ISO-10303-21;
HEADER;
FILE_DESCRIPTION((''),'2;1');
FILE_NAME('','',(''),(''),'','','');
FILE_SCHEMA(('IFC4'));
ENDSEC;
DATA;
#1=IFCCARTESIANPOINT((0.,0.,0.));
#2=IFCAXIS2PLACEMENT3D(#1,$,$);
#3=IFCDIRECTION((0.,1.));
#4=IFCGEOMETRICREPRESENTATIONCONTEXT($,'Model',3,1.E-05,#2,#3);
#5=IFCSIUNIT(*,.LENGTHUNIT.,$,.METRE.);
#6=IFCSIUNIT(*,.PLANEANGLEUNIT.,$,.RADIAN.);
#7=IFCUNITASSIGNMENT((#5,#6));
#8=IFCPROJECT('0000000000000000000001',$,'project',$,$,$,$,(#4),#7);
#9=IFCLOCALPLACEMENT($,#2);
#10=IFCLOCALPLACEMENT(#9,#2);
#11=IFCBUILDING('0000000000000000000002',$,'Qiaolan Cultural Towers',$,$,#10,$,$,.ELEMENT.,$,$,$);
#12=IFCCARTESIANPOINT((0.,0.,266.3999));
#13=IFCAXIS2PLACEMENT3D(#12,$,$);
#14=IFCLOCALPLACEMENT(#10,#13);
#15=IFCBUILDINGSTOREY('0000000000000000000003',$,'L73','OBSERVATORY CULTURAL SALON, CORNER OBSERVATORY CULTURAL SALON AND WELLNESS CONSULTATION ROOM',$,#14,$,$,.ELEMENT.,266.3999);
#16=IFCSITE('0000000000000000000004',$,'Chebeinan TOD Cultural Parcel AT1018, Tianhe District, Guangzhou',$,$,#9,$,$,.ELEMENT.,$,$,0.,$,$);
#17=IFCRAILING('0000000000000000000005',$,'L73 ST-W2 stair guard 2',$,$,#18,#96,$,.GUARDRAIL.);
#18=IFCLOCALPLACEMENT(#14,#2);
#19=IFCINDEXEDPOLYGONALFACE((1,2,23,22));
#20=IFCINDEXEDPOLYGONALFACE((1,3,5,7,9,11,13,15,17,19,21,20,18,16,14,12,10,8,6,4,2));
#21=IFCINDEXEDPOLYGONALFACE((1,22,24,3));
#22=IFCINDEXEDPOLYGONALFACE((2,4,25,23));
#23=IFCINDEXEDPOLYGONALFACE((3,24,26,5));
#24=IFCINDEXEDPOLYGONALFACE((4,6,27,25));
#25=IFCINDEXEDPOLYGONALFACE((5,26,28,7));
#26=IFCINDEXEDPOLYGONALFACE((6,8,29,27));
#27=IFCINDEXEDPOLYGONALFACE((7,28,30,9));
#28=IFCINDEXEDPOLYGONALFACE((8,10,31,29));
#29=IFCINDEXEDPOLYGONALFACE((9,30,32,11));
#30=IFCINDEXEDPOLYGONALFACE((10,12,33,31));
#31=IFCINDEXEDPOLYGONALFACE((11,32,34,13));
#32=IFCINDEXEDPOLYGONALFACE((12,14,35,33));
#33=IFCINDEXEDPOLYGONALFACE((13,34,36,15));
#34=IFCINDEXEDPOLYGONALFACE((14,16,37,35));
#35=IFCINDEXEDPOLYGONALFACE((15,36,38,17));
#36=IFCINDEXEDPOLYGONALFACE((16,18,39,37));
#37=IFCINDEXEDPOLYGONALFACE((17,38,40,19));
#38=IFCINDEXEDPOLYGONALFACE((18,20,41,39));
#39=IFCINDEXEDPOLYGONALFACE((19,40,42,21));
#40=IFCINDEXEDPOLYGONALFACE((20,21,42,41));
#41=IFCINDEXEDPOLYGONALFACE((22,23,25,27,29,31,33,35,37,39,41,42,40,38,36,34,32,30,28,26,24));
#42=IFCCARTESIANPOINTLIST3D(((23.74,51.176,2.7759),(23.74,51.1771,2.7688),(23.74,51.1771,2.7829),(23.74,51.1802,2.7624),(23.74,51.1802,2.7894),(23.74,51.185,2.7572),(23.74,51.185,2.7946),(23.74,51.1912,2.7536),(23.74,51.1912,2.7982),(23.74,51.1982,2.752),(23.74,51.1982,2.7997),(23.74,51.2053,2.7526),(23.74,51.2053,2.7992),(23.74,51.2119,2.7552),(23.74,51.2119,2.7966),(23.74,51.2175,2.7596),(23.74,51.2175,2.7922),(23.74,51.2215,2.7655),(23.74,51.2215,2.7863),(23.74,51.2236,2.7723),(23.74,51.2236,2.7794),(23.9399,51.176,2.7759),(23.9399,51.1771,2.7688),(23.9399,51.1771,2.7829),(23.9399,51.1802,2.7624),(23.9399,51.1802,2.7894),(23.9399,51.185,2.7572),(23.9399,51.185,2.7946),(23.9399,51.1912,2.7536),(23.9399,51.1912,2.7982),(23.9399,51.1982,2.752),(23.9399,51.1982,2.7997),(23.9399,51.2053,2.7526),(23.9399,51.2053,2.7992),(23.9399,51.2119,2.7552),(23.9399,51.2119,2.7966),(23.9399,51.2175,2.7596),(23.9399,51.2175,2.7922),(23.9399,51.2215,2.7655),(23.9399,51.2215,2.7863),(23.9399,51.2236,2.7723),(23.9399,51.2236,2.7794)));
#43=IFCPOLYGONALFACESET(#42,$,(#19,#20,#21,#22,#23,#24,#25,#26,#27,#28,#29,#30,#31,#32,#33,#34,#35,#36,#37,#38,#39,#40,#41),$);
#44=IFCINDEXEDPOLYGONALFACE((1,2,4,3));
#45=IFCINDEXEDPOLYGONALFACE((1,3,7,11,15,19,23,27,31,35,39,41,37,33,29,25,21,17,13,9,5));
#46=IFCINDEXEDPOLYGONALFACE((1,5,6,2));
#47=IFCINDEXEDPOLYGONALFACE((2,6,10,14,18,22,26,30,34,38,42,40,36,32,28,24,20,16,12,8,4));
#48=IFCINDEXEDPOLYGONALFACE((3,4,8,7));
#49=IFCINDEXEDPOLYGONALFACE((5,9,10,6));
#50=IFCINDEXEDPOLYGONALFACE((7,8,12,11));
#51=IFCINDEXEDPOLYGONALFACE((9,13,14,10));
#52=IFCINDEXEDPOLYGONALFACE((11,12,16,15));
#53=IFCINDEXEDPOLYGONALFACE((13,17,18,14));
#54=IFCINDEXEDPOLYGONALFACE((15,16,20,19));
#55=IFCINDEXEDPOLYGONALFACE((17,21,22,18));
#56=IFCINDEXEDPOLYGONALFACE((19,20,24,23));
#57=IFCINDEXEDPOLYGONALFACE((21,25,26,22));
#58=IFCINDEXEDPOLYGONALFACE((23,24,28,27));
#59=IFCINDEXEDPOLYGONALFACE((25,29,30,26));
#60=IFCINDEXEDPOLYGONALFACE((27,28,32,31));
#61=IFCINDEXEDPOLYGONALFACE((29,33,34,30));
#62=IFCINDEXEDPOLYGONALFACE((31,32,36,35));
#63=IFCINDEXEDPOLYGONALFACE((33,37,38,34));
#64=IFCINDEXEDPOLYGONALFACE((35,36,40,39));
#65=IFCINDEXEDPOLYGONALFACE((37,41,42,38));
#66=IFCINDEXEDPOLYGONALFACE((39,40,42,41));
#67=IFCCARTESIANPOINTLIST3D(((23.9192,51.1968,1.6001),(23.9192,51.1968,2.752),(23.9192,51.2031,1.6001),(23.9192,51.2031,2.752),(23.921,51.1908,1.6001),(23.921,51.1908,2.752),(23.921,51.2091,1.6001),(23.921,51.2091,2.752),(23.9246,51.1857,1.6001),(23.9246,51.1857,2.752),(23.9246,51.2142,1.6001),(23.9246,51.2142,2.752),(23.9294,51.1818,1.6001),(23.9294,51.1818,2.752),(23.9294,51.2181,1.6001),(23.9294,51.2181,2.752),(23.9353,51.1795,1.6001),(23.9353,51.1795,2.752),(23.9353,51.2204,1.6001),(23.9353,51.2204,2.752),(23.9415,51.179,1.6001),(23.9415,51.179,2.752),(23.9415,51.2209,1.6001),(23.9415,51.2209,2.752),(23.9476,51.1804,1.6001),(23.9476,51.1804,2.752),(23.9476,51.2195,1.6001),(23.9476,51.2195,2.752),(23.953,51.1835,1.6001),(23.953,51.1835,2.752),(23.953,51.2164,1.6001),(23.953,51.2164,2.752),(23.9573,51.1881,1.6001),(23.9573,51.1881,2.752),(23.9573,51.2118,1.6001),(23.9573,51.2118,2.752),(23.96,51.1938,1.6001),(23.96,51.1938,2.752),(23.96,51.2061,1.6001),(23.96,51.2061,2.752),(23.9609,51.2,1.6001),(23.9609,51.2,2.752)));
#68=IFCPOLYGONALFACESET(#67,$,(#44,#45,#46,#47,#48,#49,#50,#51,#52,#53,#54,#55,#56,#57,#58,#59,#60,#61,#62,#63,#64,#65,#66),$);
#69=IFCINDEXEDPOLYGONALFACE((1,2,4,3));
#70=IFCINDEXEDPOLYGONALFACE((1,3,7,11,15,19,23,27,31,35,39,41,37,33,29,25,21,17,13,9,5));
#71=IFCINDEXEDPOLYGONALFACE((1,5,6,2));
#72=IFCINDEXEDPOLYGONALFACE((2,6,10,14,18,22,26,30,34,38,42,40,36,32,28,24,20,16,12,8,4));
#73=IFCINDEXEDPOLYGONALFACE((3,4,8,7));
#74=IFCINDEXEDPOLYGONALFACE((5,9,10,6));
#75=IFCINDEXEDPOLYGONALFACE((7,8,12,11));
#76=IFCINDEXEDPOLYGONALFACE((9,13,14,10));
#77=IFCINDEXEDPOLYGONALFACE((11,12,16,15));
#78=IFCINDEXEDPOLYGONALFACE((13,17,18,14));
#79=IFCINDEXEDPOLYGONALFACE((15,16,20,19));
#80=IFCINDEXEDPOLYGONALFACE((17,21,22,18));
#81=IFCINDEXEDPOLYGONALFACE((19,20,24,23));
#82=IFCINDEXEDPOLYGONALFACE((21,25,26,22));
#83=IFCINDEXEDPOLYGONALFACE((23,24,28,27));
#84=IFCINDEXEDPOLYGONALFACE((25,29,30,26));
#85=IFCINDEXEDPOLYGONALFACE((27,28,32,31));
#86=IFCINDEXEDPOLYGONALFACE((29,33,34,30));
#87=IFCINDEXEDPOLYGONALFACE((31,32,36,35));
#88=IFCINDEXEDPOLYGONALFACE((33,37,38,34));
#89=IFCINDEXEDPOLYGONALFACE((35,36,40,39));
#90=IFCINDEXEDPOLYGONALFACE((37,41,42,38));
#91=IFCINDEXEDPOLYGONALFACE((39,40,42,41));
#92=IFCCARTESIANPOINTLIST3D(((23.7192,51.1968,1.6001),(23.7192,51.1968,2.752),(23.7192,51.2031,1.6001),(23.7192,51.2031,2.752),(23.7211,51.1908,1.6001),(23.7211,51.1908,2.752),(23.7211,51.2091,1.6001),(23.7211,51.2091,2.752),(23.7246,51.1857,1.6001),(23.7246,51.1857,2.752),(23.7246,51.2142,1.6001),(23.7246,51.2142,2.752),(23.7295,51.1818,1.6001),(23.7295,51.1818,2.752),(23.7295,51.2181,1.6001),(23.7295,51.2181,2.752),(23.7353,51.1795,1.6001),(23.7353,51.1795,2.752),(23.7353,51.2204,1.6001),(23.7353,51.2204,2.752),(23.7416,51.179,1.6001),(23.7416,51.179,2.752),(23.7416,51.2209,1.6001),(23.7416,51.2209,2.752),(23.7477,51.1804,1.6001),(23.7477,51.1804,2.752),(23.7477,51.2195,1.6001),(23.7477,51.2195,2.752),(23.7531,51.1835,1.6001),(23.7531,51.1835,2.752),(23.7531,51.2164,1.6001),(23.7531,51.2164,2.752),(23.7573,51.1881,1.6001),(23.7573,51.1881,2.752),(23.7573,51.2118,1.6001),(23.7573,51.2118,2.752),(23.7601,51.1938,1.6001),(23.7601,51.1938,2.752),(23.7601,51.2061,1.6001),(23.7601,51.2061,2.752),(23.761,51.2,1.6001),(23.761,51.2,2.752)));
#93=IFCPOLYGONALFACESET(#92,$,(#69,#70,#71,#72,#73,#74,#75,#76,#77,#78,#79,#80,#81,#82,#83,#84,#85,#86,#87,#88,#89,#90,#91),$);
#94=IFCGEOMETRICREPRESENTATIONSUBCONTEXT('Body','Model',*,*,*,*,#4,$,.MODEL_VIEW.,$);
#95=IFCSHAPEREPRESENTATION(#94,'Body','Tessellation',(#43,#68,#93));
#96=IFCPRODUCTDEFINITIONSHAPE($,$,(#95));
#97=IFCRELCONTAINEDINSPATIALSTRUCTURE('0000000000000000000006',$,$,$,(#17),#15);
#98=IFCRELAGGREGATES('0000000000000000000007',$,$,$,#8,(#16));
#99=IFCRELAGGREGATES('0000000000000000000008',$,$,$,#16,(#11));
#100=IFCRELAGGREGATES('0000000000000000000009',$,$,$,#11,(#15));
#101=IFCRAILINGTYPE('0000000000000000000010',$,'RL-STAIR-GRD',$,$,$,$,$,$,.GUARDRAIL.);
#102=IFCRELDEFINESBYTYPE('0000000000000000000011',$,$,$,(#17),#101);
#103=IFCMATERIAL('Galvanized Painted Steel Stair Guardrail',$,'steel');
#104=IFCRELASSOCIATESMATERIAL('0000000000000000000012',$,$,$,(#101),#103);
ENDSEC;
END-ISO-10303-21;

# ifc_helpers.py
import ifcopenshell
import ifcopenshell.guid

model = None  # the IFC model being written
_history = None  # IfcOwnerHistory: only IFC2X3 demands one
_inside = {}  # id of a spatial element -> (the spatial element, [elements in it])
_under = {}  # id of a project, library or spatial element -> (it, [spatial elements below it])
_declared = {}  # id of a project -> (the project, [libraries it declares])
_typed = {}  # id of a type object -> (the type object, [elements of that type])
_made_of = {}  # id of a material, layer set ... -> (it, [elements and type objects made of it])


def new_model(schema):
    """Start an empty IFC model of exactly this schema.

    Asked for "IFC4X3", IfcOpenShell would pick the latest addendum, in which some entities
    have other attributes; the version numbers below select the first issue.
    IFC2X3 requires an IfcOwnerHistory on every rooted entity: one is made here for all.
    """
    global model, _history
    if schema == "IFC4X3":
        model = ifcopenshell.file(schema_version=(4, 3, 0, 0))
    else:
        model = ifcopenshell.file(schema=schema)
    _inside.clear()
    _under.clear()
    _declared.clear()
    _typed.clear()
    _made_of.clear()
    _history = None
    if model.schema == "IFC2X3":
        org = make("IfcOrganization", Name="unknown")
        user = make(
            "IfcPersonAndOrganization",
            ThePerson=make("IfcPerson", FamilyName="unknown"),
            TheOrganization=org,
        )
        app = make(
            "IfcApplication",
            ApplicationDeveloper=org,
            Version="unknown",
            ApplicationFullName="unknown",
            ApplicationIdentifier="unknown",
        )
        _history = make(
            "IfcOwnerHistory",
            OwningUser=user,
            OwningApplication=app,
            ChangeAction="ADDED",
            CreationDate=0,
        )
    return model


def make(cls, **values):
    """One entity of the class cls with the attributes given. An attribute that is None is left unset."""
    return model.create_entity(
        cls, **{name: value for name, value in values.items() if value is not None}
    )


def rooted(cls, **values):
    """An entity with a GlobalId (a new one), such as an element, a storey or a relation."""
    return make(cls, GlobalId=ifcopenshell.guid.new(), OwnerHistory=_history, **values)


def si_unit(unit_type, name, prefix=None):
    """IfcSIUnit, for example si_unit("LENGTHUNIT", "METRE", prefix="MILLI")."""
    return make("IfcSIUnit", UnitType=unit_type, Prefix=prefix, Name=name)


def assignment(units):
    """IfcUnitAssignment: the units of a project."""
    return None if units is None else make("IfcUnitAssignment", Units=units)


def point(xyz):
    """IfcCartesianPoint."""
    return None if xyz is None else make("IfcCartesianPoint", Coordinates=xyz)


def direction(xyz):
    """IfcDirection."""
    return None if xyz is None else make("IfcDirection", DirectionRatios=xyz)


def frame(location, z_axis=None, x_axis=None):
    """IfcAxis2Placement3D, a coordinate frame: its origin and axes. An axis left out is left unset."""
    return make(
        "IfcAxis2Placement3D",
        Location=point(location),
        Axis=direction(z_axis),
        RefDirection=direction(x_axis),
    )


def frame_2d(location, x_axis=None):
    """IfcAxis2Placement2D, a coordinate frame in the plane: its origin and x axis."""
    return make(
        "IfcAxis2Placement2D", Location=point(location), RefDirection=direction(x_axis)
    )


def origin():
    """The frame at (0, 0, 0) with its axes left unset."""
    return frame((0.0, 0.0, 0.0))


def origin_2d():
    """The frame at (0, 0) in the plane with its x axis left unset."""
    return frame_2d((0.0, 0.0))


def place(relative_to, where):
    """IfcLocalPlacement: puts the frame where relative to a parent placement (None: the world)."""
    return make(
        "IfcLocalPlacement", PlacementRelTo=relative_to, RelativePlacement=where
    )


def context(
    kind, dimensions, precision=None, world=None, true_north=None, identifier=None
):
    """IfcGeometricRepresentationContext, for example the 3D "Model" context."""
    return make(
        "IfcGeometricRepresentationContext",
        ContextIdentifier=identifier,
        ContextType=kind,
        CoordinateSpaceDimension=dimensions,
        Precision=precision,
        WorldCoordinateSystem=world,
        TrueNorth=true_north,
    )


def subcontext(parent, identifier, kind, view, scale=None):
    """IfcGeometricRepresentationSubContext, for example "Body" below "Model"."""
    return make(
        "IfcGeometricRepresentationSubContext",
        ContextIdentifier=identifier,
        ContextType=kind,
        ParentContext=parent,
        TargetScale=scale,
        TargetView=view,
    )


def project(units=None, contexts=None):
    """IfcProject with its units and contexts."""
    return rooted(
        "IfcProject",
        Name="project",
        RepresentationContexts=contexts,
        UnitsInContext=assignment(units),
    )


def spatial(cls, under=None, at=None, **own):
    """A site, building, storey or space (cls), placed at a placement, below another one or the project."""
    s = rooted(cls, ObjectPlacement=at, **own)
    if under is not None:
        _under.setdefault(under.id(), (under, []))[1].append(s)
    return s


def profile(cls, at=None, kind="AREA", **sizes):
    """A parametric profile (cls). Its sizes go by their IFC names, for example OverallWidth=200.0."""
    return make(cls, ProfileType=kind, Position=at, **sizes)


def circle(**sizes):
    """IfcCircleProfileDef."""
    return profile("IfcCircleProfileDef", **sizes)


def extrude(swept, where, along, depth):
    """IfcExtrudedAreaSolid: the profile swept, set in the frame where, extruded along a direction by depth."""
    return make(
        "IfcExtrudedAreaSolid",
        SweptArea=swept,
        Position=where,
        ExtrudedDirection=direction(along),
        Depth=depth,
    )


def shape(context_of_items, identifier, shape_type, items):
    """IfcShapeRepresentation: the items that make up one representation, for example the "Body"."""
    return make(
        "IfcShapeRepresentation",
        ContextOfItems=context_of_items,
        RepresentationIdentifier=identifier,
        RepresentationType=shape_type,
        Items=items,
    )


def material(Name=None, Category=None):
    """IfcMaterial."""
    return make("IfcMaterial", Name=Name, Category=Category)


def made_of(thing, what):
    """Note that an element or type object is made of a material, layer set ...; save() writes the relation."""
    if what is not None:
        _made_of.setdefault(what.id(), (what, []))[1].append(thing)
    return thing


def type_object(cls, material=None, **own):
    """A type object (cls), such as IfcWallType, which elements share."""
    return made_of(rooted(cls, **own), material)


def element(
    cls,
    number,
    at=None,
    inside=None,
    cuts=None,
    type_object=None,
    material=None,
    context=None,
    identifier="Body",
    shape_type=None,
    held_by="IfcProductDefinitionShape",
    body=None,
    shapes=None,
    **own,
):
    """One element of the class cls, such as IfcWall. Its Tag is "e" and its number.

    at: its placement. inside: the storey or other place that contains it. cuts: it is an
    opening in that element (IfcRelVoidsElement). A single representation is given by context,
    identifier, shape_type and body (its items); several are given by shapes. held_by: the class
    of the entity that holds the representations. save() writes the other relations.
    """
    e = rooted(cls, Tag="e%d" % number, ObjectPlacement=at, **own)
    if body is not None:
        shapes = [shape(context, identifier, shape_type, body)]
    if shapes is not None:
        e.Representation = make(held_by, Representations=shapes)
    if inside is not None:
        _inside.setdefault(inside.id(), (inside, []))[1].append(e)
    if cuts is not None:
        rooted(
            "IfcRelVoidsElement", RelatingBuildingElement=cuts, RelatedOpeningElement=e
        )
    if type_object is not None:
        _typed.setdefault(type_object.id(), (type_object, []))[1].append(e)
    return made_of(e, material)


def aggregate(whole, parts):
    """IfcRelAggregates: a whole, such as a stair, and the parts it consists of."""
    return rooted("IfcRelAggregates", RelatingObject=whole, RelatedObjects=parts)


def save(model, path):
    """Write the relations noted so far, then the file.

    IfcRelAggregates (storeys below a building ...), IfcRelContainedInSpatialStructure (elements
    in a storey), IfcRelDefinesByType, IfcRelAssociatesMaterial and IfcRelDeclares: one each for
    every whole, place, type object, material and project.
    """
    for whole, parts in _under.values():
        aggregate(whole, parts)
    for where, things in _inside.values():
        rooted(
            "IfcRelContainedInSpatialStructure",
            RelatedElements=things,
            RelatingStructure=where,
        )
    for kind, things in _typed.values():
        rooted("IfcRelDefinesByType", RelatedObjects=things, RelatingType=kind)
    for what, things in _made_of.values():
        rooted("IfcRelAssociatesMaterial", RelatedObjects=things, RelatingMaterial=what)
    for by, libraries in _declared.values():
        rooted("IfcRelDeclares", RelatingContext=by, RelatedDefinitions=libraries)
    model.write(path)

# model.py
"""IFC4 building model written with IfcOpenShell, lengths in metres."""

from ifc_helpers import new_model, si_unit, direction, frame, origin, origin_2d, place, context, subcontext, project, spatial, circle, extrude, material, type_object, element, save


model = new_model("IFC4")

# Units and contexts
model_context = context("Model", 3, precision=1e-05, world=origin(), true_north=direction((0.0, 1.0)))
body_context = subcontext(model_context, "Body", "Model", "MODEL_VIEW")
ifc_project = project(units=[si_unit("LENGTHUNIT", "METRE"), si_unit("PLANEANGLEUNIT", "RADIAN")], contexts=[model_context])

# Site, building, storey
site_placement = place(None, origin())
site = spatial("IfcSite", under=ifc_project, at=site_placement, Name="Chebeinan TOD Cultural Parcel AT1018, Tianhe District, Guangzhou", CompositionType="ELEMENT", RefElevation=0.0)
building_placement = place(site_placement, origin())
building = spatial("IfcBuilding", under=site, at=building_placement, Name="Qiaolan Cultural Towers", CompositionType="ELEMENT")
storey_placement = place(building_placement, frame((0.0, 0.0, 266.3999)))
storey = spatial("IfcBuildingStorey", under=building, at=storey_placement, Name="L73", Description="OBSERVATORY CULTURAL SALON, CORNER OBSERVATORY CULTURAL SALON AND WELLNESS CONSULTATION ROOM", CompositionType="ELEMENT", Elevation=266.3999)

# Railing
ifc_material_1 = material(Name="Galvanized Painted Steel Stair Guardrail", Category="steel")
railing_type_1 = type_object("IfcRailingType", Name="RL-STAIR-GRD", PredefinedType="GUARDRAIL", material=ifc_material_1)
railing_1_placement = place(storey_placement, frame((23.9399, 51.2, 1.6001)))
element("IfcRailing", 1, at=railing_1_placement, inside=storey, type_object=railing_type_1, Name="L73 ST-W2 stair guard 2", PredefinedType="GUARDRAIL", context=body_context, shape_type="SweptSolid", body=[
    extrude(circle(Radius=0.0239, at=origin_2d()), frame((0.0, 0.0, 1.1758), z_axis=(-1.0, 0.0, 0.0), x_axis=(0.0, -1.0, 0.0)), (0.0, 0.0, 1.0), 0.2),
    extrude(circle(Radius=0.021, at=origin_2d()), origin(), (0.0, 0.0, 1.0), 1.1519),
    extrude(circle(Radius=0.021, at=origin_2d()), frame((-0.2, 0.0, 0.0)), (0.0, 0.0, 1.0), 1.1519),
])

save(model, "model.ifc")
